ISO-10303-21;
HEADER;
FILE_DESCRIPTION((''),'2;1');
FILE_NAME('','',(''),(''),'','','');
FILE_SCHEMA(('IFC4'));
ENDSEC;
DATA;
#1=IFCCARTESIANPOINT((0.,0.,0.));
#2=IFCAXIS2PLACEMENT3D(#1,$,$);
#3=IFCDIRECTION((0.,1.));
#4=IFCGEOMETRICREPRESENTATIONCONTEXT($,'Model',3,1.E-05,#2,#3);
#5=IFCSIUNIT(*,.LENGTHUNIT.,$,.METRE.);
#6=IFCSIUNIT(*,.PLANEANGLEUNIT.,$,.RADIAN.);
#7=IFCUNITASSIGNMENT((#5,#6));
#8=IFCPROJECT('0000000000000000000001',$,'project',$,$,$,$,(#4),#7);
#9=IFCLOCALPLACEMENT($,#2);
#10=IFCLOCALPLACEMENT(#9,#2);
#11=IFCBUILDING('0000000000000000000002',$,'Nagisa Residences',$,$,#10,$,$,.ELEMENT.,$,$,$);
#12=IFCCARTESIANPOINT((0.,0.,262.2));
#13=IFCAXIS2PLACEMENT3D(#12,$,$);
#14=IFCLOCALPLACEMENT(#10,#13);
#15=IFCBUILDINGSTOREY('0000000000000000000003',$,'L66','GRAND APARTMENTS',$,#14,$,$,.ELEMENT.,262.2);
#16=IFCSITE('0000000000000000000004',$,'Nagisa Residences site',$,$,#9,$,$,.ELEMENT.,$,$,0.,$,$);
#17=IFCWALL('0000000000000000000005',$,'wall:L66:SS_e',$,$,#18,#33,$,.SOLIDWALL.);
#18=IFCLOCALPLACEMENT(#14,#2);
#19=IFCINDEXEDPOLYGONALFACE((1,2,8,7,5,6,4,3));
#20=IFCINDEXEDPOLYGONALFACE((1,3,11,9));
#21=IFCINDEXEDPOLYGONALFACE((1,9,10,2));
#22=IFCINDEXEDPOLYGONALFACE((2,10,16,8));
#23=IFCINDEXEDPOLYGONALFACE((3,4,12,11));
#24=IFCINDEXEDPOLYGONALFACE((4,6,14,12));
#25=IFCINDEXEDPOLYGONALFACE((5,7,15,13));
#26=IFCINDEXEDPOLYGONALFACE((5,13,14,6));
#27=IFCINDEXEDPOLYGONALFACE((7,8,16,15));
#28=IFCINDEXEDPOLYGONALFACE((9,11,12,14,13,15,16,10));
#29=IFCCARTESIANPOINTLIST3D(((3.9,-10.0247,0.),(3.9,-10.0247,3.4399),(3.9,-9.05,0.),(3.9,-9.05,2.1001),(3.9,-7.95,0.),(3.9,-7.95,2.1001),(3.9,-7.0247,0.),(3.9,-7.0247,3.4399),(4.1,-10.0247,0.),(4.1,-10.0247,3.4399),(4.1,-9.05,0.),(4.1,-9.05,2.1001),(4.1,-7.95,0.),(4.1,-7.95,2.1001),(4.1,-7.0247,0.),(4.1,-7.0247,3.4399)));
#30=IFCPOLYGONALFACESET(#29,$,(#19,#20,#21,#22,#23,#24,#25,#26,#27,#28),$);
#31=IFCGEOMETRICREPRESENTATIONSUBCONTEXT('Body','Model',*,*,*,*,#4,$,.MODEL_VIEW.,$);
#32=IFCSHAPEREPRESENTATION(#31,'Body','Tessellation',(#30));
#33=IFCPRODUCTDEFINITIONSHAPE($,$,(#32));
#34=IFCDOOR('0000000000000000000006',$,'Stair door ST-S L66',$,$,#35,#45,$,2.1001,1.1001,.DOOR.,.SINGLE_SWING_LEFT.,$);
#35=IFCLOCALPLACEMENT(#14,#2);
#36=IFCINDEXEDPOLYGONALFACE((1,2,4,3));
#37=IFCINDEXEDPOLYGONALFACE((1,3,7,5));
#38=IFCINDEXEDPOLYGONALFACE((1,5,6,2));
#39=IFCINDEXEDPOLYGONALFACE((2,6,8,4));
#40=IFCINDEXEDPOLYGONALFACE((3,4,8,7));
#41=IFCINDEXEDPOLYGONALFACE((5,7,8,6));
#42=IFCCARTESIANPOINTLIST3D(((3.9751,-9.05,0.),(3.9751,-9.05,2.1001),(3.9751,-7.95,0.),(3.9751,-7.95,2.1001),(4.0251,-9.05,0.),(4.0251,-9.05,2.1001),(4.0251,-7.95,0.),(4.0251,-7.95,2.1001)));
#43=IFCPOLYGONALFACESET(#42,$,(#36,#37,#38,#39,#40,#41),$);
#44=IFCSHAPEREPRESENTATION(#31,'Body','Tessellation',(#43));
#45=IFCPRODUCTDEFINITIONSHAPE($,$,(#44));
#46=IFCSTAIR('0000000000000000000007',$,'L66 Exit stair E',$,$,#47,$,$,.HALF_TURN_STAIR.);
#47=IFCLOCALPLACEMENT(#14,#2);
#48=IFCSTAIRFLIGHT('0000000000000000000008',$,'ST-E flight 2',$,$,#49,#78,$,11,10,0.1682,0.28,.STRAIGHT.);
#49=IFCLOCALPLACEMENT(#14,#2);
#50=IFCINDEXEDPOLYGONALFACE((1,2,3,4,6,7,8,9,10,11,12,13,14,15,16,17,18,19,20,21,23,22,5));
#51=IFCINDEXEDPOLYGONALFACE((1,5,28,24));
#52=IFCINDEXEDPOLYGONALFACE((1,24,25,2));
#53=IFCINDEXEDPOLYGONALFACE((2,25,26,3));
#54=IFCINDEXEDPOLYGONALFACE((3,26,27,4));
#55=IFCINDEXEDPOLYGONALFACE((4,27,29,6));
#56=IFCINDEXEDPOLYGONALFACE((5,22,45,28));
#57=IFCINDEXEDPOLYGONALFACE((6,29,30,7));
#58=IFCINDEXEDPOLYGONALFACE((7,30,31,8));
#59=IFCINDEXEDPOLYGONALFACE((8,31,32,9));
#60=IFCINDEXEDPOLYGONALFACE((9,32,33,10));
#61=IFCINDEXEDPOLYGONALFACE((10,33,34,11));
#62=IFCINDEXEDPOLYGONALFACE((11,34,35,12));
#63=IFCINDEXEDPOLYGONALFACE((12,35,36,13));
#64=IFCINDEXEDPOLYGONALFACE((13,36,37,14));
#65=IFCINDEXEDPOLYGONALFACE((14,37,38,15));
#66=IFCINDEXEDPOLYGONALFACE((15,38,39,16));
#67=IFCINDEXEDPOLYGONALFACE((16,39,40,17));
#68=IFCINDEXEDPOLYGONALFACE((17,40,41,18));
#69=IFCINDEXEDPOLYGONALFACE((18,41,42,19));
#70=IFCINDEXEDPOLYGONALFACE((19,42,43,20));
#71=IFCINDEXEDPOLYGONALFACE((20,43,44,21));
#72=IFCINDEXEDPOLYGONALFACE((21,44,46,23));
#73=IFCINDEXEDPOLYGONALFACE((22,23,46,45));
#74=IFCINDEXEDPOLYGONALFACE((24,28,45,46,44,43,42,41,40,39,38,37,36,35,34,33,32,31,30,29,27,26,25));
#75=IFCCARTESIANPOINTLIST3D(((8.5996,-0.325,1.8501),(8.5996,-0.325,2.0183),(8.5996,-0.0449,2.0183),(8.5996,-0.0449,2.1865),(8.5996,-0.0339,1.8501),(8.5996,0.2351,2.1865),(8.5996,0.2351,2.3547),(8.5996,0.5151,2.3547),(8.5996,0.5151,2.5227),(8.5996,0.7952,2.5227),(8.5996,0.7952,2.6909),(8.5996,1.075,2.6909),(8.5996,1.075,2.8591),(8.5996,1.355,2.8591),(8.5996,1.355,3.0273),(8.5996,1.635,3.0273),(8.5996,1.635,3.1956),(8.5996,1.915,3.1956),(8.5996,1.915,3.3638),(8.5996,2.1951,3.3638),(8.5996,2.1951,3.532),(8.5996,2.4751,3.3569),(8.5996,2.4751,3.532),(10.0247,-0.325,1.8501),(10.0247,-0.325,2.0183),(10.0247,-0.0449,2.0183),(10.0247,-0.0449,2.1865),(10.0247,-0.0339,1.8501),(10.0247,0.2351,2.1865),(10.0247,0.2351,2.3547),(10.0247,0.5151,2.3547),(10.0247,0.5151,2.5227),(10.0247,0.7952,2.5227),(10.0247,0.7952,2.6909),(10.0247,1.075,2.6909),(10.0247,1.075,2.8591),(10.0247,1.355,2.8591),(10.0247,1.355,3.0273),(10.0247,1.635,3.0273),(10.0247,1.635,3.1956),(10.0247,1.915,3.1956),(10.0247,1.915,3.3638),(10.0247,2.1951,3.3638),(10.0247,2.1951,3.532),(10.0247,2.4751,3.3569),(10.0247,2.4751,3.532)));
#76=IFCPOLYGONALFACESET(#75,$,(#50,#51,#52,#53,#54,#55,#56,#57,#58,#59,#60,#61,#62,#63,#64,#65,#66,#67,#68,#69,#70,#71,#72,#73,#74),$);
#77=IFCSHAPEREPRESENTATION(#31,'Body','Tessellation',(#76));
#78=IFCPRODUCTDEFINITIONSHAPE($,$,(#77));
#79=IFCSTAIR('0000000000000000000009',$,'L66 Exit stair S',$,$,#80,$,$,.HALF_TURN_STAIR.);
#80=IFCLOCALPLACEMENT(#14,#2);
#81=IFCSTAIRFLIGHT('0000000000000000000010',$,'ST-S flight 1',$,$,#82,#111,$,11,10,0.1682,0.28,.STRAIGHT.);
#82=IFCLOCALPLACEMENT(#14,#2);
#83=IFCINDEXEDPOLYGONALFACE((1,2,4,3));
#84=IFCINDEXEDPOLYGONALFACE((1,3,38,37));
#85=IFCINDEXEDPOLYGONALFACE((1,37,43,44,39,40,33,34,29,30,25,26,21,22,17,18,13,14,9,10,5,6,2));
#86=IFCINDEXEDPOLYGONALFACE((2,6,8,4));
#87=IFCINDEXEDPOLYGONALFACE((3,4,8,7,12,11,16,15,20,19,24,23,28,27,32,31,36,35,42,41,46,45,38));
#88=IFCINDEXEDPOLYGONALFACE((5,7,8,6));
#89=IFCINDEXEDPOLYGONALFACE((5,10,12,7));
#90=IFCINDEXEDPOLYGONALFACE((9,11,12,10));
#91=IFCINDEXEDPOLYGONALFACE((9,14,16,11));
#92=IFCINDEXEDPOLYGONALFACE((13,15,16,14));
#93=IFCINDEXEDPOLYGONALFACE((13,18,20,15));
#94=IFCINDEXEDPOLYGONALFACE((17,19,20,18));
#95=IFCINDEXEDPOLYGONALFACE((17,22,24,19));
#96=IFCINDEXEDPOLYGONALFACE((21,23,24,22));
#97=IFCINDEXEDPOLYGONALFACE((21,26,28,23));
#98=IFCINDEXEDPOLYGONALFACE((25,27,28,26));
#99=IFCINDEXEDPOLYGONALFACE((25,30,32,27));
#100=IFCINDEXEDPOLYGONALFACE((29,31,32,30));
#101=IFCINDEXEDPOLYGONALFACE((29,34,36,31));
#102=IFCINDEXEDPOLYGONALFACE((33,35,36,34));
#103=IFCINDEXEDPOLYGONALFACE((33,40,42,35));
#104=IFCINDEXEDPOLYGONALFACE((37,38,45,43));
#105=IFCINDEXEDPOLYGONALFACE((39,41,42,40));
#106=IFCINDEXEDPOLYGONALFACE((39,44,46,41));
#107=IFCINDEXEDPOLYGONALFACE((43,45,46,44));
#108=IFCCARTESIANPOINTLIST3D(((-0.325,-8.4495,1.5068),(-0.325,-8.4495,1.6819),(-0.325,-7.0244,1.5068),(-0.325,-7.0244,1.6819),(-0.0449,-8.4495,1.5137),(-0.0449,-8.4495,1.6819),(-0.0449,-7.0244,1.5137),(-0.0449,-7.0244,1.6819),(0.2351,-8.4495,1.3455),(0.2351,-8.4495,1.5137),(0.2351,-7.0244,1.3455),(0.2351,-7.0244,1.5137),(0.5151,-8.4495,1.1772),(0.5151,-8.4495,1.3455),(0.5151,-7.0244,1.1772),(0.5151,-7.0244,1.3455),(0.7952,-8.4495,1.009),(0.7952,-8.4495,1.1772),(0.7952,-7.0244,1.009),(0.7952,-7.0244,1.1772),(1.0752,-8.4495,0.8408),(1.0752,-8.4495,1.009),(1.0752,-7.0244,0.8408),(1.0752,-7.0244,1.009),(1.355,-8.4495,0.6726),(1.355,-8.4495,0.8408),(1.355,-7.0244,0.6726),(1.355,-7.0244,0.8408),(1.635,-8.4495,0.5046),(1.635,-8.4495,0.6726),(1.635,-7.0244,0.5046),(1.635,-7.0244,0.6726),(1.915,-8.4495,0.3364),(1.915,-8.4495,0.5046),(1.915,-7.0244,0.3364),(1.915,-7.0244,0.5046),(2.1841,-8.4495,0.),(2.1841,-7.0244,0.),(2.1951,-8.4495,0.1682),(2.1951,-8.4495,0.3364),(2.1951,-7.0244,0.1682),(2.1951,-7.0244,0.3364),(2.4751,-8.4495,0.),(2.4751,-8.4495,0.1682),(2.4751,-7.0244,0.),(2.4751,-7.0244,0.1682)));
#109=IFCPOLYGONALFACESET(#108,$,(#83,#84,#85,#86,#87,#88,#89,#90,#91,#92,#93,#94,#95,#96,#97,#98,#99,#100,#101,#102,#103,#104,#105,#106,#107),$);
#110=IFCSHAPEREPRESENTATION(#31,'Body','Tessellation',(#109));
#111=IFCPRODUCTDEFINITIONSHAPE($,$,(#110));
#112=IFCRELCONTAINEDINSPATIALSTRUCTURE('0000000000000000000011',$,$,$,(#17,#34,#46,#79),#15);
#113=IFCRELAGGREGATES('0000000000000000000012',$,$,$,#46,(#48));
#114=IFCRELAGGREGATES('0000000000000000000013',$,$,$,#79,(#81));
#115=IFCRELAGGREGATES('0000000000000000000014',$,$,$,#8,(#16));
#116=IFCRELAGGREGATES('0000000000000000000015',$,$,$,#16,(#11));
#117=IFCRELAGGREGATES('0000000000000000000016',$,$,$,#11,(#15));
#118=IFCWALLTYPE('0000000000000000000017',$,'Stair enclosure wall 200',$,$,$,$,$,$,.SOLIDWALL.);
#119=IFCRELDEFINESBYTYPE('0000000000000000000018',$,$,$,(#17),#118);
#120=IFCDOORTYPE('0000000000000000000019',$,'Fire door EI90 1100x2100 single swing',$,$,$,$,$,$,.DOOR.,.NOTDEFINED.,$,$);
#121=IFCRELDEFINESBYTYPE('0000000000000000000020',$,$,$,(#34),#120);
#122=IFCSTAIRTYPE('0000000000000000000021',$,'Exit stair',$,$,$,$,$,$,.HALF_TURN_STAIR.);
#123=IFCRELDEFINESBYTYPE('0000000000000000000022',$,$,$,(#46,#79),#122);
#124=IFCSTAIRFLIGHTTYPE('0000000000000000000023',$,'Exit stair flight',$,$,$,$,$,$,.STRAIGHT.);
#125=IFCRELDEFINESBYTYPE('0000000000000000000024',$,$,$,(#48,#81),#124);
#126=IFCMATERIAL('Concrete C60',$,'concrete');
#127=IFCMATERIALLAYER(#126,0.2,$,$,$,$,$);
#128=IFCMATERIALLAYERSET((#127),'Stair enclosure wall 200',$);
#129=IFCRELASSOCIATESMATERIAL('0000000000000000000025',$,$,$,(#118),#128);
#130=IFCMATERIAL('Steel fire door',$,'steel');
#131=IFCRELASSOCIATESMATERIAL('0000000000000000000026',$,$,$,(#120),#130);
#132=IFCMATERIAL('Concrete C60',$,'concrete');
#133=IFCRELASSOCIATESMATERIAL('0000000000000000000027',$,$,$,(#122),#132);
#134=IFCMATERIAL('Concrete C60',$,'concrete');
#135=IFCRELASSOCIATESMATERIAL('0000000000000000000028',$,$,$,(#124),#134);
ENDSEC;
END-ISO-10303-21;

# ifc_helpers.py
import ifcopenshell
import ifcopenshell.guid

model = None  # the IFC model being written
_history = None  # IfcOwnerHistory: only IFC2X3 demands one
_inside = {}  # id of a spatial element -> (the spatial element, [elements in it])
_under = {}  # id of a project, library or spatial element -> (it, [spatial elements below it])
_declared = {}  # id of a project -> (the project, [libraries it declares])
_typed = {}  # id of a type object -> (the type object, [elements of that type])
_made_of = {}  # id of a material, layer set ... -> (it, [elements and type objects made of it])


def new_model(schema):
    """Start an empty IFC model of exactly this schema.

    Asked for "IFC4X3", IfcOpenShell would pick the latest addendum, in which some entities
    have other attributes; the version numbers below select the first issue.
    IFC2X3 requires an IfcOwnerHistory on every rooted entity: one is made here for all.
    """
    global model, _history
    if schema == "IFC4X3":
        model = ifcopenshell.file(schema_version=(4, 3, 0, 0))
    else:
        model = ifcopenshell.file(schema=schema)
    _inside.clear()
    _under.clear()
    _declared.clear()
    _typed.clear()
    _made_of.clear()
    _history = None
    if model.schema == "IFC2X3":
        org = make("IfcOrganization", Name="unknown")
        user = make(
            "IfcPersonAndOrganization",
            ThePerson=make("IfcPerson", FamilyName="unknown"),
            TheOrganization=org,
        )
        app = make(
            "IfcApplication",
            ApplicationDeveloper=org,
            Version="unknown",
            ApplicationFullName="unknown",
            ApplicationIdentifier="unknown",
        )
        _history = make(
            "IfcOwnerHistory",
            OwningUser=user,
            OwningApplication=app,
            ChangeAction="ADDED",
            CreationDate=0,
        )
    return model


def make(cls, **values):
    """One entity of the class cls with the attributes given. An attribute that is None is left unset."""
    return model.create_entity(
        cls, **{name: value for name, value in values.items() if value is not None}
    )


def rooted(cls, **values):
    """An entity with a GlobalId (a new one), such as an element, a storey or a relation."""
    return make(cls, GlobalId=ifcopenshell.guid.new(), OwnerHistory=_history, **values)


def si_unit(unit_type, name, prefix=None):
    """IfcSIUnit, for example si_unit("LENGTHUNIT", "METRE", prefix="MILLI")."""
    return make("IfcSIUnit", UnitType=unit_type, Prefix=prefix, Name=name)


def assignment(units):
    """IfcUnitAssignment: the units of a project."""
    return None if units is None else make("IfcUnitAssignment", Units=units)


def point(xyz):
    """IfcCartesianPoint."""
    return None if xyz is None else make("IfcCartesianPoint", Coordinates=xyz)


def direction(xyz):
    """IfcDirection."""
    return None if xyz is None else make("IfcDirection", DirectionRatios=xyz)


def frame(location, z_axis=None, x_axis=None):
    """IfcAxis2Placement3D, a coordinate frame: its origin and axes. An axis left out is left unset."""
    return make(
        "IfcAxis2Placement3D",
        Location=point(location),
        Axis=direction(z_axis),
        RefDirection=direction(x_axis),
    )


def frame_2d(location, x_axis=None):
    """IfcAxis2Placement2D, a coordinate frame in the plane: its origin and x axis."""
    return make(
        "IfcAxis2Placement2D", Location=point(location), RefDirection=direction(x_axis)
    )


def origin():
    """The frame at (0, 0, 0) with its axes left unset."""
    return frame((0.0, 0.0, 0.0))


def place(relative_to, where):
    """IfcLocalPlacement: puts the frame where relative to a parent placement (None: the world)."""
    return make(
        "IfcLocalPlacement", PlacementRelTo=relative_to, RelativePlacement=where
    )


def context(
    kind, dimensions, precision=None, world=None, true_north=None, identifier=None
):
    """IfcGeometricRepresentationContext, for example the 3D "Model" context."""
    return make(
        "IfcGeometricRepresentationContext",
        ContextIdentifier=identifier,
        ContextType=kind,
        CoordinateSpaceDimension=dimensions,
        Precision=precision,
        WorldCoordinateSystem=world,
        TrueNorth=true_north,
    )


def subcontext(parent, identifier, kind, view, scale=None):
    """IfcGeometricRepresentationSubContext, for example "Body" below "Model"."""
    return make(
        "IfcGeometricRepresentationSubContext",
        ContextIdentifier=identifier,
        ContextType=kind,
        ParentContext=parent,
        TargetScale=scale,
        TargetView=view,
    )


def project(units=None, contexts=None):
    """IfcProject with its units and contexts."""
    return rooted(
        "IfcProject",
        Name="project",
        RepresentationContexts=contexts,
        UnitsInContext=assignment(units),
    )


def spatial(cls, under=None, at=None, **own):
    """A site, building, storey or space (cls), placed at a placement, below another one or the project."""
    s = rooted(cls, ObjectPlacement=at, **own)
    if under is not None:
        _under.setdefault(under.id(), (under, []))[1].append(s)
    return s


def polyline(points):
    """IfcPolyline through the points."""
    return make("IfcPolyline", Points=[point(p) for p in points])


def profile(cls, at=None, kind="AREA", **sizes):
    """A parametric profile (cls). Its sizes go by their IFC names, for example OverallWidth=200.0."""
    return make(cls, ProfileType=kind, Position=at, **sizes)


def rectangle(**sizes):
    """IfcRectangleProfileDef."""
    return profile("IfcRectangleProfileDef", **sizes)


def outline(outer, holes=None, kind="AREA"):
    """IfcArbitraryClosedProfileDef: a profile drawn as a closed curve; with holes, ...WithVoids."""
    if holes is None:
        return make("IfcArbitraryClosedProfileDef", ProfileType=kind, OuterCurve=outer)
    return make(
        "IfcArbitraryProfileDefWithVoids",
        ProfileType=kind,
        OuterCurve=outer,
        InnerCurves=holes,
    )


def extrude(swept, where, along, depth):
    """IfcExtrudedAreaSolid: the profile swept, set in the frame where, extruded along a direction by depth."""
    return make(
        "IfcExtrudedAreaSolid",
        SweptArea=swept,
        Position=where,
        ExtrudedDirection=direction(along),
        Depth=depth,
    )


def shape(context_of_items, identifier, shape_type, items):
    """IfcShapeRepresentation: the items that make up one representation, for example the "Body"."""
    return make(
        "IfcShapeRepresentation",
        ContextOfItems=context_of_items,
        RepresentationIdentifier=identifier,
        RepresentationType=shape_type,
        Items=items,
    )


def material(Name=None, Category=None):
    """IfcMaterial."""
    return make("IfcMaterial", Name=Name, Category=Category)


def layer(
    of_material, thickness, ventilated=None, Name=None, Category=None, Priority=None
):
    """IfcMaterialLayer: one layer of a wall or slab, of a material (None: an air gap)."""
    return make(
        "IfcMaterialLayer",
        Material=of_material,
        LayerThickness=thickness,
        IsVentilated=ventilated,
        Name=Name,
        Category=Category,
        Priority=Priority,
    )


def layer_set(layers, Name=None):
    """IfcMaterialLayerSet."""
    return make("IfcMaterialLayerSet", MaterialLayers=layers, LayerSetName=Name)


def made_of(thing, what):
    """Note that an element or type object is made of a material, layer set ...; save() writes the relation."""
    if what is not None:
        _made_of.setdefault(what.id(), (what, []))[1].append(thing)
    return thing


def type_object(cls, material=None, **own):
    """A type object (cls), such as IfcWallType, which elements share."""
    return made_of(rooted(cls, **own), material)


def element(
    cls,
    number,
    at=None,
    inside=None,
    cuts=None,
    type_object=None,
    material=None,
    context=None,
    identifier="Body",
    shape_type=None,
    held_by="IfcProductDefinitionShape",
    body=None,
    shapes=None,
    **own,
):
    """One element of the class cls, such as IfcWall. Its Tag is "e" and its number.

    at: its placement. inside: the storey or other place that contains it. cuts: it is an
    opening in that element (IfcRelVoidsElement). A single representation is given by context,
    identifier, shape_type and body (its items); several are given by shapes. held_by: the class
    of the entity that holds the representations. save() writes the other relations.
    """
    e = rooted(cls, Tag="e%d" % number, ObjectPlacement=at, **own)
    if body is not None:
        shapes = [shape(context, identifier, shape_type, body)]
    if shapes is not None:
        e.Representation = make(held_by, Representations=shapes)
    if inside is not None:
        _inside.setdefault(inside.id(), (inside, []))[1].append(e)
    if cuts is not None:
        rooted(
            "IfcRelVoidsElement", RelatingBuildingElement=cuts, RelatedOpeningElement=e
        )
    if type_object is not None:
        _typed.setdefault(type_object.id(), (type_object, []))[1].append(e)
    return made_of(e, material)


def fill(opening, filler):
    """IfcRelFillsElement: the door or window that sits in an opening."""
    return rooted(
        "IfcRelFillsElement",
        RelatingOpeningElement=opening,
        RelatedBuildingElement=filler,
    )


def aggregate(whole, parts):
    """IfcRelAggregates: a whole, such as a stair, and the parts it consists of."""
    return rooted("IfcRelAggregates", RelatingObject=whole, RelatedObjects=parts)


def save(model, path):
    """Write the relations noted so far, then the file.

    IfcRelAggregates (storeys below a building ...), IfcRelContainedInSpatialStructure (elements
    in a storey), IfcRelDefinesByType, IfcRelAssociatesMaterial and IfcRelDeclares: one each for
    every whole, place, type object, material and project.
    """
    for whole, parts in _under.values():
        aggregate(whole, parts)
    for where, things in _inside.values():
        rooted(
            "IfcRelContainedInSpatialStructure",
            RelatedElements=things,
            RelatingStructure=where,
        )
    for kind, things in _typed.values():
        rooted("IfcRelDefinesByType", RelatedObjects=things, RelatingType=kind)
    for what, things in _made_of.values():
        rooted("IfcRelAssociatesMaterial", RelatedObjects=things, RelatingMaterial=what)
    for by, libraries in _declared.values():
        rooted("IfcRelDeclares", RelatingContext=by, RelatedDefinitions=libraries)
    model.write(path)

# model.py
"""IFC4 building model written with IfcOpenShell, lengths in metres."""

from ifc_helpers import new_model, si_unit, direction, frame, frame_2d, origin, place, context, subcontext, project, spatial, polyline, rectangle, outline, extrude, material, layer, layer_set, type_object, element, fill, aggregate, save


model = new_model("IFC4")

# Units and contexts
model_context = context("Model", 3, precision=1e-05, world=origin(), true_north=direction((0.0, 1.0)))
body_context = subcontext(model_context, "Body", "Model", "MODEL_VIEW")
ifc_project = project(units=[si_unit("LENGTHUNIT", "METRE"), si_unit("PLANEANGLEUNIT", "RADIAN")], contexts=[model_context])

# Site, building, storey
site_placement = place(None, origin())
site = spatial("IfcSite", under=ifc_project, at=site_placement, Name="Nagisa Residences site", CompositionType="ELEMENT", RefElevation=0.0)
building_placement = place(site_placement, origin())
building = spatial("IfcBuilding", under=site, at=building_placement, Name="Nagisa Residences", CompositionType="ELEMENT")
storey_placement = place(building_placement, frame((0.0, 0.0, 262.2)))
storey = spatial("IfcBuildingStorey", under=building, at=storey_placement, Name="L66", Description="GRAND APARTMENTS", CompositionType="ELEMENT", Elevation=262.2)

# Wall, opening, door
ifc_material_1 = material(Name="Concrete C60", Category="concrete")
ifc_layer_1 = layer(ifc_material_1, 0.2)
ifc_layer_set_1 = layer_set([ifc_layer_1], Name="Stair enclosure wall 200")
wall_type_1 = type_object("IfcWallType", Name="Stair enclosure wall 200", PredefinedType="SOLIDWALL", material=ifc_layer_set_1)
wall_1_placement = place(storey_placement, frame((4.0, -10.0247, 0.0), z_axis=(0.0, 0.0, 1.0), x_axis=(0.0, 1.0, 0.0)))
wall_1 = element("IfcWall", 1, at=wall_1_placement, inside=storey, type_object=wall_type_1, Name="wall:L66:SS_e", PredefinedType="SOLIDWALL", context=body_context, shape_type="SweptSolid", body=[
    extrude(rectangle(XDim=3.0, YDim=0.2, at=frame_2d((1.5, 0.0))), origin(), (0.0, 0.0, 1.0), 3.4399),
])
opening_1_placement = place(wall_1_placement, frame((0.9746, 0.0, 0.0)))
opening_1 = element("IfcOpeningElement", 2, at=opening_1_placement, cuts=wall_1, PredefinedType="OPENING", context=body_context, shape_type="SweptSolid", body=[
    extrude(rectangle(XDim=1.1001, YDim=2.1001, at=frame_2d((0.55, 1.05))), frame((0.0, 0.1099, 0.0), z_axis=(0.0, -1.0, 0.0), x_axis=(1.0, 0.0, 0.0)), (0.0, 0.0, 1.0), 0.22),
])
ifc_material_2 = material(Name="Steel fire door", Category="steel")
door_type_1 = type_object("IfcDoorType", Name="Fire door EI90 1100x2100 single swing", OperationType="NOTDEFINED", PredefinedType="DOOR", material=ifc_material_2)
door_1_placement = place(opening_1_placement, origin())
door_1 = element("IfcDoor", 3, at=door_1_placement, inside=storey, type_object=door_type_1, Name="Stair door ST-S L66", OperationType="SINGLE_SWING_LEFT", OverallHeight=2.1001, OverallWidth=1.1001, PredefinedType="DOOR", context=body_context, shape_type="SweptSolid", body=[
    extrude(rectangle(XDim=1.1001, YDim=2.1001, at=frame_2d((0.55, 1.05))), frame((0.0, 0.0249, 0.0), z_axis=(0.0, -1.0, 0.0), x_axis=(1.0, 0.0, 0.0)), (0.0, 0.0, 1.0), 0.05),
])
fill(opening_1, door_1)

# Stairs, stair flights
ifc_material_3 = material(Name="Concrete C60", Category="concrete")
stair_type = type_object("IfcStairType", Name="Exit stair", PredefinedType="HALF_TURN_STAIR", material=ifc_material_3)
stair_1_placement = place(storey_placement, origin())
stair_1 = element("IfcStair", 4, at=stair_1_placement, inside=storey, type_object=stair_type, Name="L66 Exit stair E", PredefinedType="HALF_TURN_STAIR")
ifc_material_4 = material(Name="Concrete C60", Category="concrete")
stair_flight_type = type_object("IfcStairFlightType", Name="Exit stair flight", PredefinedType="STRAIGHT", material=ifc_material_4)
stair_flight_1_placement = place(storey_placement, frame((9.312, -0.325, 1.8501), z_axis=(0.0, 0.0, 1.0), x_axis=(0.0, 1.0, 0.0)))
stair_flight_1 = element("IfcStairFlight", 5, at=stair_flight_1_placement, type_object=stair_flight_type, Name="ST-E flight 2", NumberOfRisers=11, NumberOfTreads=10, PredefinedType="STRAIGHT", RiserHeight=0.1682, TreadLength=0.28, context=body_context, shape_type="SweptSolid", body=[
    extrude(outline(polyline([(0.0, 0.0), (0.0, 0.1682), (0.28, 0.1682), (0.28, 0.3364), (0.5601, 0.3364), (0.5601, 0.5046), (0.8401, 0.5046), (0.8401, 0.6726), (1.1201, 0.6726), (1.1201, 0.8408), (1.3999, 0.8408), (1.3999, 1.009), (1.6799, 1.009), (1.6799, 1.1772), (1.96, 1.1772), (1.96, 1.3455), (2.24, 1.3455), (2.24, 1.5137), (2.52, 1.5137), (2.52, 1.6819), (2.8, 1.6819), (2.8, 1.8501), (2.8, 1.5068), (0.291, 0.0), (0.0, 0.0)])), frame((0.0, 0.7124, 0.0), z_axis=(0.0, -1.0, 0.0), x_axis=(1.0, 0.0, 0.0)), (0.0, 0.0, 1.0), 1.425),
])
aggregate(stair_1, [stair_flight_1])
stair_2_placement = place(storey_placement, origin())
stair_2 = element("IfcStair", 6, at=stair_2_placement, inside=storey, type_object=stair_type, Name="L66 Exit stair S", PredefinedType="HALF_TURN_STAIR")
stair_flight_2_placement = place(storey_placement, frame((2.4751, -7.7371, 0.0), z_axis=(0.0, 0.0, 1.0), x_axis=(-1.0, 0.0, 0.0)))
stair_flight_2 = element("IfcStairFlight", 7, at=stair_flight_2_placement, type_object=stair_flight_type, Name="ST-S flight 1", NumberOfRisers=11, NumberOfTreads=10, PredefinedType="STRAIGHT", RiserHeight=0.1682, TreadLength=0.28, context=body_context, shape_type="SweptSolid", body=[
    extrude(outline(polyline([(0.0, 0.0), (0.0, 0.1682), (0.28, 0.1682), (0.28, 0.3364), (0.5601, 0.3364), (0.5601, 0.5046), (0.8401, 0.5046), (0.8401, 0.6726), (1.1201, 0.6726), (1.1201, 0.8408), (1.3999, 0.8408), (1.3999, 1.009), (1.6799, 1.009), (1.6799, 1.1772), (1.96, 1.1772), (1.96, 1.3455), (2.24, 1.3455), (2.24, 1.5137), (2.52, 1.5137), (2.52, 1.6819), (2.8, 1.6819), (2.8, 1.8501), (2.8, 1.5068), (0.291, 0.0), (0.0, 0.0)])), frame((0.0, 0.7124, 0.0), z_axis=(0.0, -1.0, 0.0), x_axis=(1.0, 0.0, 0.0)), (0.0, 0.0, 1.0), 1.425),
])
aggregate(stair_2, [stair_flight_2])

save(model, "model.ifc")
